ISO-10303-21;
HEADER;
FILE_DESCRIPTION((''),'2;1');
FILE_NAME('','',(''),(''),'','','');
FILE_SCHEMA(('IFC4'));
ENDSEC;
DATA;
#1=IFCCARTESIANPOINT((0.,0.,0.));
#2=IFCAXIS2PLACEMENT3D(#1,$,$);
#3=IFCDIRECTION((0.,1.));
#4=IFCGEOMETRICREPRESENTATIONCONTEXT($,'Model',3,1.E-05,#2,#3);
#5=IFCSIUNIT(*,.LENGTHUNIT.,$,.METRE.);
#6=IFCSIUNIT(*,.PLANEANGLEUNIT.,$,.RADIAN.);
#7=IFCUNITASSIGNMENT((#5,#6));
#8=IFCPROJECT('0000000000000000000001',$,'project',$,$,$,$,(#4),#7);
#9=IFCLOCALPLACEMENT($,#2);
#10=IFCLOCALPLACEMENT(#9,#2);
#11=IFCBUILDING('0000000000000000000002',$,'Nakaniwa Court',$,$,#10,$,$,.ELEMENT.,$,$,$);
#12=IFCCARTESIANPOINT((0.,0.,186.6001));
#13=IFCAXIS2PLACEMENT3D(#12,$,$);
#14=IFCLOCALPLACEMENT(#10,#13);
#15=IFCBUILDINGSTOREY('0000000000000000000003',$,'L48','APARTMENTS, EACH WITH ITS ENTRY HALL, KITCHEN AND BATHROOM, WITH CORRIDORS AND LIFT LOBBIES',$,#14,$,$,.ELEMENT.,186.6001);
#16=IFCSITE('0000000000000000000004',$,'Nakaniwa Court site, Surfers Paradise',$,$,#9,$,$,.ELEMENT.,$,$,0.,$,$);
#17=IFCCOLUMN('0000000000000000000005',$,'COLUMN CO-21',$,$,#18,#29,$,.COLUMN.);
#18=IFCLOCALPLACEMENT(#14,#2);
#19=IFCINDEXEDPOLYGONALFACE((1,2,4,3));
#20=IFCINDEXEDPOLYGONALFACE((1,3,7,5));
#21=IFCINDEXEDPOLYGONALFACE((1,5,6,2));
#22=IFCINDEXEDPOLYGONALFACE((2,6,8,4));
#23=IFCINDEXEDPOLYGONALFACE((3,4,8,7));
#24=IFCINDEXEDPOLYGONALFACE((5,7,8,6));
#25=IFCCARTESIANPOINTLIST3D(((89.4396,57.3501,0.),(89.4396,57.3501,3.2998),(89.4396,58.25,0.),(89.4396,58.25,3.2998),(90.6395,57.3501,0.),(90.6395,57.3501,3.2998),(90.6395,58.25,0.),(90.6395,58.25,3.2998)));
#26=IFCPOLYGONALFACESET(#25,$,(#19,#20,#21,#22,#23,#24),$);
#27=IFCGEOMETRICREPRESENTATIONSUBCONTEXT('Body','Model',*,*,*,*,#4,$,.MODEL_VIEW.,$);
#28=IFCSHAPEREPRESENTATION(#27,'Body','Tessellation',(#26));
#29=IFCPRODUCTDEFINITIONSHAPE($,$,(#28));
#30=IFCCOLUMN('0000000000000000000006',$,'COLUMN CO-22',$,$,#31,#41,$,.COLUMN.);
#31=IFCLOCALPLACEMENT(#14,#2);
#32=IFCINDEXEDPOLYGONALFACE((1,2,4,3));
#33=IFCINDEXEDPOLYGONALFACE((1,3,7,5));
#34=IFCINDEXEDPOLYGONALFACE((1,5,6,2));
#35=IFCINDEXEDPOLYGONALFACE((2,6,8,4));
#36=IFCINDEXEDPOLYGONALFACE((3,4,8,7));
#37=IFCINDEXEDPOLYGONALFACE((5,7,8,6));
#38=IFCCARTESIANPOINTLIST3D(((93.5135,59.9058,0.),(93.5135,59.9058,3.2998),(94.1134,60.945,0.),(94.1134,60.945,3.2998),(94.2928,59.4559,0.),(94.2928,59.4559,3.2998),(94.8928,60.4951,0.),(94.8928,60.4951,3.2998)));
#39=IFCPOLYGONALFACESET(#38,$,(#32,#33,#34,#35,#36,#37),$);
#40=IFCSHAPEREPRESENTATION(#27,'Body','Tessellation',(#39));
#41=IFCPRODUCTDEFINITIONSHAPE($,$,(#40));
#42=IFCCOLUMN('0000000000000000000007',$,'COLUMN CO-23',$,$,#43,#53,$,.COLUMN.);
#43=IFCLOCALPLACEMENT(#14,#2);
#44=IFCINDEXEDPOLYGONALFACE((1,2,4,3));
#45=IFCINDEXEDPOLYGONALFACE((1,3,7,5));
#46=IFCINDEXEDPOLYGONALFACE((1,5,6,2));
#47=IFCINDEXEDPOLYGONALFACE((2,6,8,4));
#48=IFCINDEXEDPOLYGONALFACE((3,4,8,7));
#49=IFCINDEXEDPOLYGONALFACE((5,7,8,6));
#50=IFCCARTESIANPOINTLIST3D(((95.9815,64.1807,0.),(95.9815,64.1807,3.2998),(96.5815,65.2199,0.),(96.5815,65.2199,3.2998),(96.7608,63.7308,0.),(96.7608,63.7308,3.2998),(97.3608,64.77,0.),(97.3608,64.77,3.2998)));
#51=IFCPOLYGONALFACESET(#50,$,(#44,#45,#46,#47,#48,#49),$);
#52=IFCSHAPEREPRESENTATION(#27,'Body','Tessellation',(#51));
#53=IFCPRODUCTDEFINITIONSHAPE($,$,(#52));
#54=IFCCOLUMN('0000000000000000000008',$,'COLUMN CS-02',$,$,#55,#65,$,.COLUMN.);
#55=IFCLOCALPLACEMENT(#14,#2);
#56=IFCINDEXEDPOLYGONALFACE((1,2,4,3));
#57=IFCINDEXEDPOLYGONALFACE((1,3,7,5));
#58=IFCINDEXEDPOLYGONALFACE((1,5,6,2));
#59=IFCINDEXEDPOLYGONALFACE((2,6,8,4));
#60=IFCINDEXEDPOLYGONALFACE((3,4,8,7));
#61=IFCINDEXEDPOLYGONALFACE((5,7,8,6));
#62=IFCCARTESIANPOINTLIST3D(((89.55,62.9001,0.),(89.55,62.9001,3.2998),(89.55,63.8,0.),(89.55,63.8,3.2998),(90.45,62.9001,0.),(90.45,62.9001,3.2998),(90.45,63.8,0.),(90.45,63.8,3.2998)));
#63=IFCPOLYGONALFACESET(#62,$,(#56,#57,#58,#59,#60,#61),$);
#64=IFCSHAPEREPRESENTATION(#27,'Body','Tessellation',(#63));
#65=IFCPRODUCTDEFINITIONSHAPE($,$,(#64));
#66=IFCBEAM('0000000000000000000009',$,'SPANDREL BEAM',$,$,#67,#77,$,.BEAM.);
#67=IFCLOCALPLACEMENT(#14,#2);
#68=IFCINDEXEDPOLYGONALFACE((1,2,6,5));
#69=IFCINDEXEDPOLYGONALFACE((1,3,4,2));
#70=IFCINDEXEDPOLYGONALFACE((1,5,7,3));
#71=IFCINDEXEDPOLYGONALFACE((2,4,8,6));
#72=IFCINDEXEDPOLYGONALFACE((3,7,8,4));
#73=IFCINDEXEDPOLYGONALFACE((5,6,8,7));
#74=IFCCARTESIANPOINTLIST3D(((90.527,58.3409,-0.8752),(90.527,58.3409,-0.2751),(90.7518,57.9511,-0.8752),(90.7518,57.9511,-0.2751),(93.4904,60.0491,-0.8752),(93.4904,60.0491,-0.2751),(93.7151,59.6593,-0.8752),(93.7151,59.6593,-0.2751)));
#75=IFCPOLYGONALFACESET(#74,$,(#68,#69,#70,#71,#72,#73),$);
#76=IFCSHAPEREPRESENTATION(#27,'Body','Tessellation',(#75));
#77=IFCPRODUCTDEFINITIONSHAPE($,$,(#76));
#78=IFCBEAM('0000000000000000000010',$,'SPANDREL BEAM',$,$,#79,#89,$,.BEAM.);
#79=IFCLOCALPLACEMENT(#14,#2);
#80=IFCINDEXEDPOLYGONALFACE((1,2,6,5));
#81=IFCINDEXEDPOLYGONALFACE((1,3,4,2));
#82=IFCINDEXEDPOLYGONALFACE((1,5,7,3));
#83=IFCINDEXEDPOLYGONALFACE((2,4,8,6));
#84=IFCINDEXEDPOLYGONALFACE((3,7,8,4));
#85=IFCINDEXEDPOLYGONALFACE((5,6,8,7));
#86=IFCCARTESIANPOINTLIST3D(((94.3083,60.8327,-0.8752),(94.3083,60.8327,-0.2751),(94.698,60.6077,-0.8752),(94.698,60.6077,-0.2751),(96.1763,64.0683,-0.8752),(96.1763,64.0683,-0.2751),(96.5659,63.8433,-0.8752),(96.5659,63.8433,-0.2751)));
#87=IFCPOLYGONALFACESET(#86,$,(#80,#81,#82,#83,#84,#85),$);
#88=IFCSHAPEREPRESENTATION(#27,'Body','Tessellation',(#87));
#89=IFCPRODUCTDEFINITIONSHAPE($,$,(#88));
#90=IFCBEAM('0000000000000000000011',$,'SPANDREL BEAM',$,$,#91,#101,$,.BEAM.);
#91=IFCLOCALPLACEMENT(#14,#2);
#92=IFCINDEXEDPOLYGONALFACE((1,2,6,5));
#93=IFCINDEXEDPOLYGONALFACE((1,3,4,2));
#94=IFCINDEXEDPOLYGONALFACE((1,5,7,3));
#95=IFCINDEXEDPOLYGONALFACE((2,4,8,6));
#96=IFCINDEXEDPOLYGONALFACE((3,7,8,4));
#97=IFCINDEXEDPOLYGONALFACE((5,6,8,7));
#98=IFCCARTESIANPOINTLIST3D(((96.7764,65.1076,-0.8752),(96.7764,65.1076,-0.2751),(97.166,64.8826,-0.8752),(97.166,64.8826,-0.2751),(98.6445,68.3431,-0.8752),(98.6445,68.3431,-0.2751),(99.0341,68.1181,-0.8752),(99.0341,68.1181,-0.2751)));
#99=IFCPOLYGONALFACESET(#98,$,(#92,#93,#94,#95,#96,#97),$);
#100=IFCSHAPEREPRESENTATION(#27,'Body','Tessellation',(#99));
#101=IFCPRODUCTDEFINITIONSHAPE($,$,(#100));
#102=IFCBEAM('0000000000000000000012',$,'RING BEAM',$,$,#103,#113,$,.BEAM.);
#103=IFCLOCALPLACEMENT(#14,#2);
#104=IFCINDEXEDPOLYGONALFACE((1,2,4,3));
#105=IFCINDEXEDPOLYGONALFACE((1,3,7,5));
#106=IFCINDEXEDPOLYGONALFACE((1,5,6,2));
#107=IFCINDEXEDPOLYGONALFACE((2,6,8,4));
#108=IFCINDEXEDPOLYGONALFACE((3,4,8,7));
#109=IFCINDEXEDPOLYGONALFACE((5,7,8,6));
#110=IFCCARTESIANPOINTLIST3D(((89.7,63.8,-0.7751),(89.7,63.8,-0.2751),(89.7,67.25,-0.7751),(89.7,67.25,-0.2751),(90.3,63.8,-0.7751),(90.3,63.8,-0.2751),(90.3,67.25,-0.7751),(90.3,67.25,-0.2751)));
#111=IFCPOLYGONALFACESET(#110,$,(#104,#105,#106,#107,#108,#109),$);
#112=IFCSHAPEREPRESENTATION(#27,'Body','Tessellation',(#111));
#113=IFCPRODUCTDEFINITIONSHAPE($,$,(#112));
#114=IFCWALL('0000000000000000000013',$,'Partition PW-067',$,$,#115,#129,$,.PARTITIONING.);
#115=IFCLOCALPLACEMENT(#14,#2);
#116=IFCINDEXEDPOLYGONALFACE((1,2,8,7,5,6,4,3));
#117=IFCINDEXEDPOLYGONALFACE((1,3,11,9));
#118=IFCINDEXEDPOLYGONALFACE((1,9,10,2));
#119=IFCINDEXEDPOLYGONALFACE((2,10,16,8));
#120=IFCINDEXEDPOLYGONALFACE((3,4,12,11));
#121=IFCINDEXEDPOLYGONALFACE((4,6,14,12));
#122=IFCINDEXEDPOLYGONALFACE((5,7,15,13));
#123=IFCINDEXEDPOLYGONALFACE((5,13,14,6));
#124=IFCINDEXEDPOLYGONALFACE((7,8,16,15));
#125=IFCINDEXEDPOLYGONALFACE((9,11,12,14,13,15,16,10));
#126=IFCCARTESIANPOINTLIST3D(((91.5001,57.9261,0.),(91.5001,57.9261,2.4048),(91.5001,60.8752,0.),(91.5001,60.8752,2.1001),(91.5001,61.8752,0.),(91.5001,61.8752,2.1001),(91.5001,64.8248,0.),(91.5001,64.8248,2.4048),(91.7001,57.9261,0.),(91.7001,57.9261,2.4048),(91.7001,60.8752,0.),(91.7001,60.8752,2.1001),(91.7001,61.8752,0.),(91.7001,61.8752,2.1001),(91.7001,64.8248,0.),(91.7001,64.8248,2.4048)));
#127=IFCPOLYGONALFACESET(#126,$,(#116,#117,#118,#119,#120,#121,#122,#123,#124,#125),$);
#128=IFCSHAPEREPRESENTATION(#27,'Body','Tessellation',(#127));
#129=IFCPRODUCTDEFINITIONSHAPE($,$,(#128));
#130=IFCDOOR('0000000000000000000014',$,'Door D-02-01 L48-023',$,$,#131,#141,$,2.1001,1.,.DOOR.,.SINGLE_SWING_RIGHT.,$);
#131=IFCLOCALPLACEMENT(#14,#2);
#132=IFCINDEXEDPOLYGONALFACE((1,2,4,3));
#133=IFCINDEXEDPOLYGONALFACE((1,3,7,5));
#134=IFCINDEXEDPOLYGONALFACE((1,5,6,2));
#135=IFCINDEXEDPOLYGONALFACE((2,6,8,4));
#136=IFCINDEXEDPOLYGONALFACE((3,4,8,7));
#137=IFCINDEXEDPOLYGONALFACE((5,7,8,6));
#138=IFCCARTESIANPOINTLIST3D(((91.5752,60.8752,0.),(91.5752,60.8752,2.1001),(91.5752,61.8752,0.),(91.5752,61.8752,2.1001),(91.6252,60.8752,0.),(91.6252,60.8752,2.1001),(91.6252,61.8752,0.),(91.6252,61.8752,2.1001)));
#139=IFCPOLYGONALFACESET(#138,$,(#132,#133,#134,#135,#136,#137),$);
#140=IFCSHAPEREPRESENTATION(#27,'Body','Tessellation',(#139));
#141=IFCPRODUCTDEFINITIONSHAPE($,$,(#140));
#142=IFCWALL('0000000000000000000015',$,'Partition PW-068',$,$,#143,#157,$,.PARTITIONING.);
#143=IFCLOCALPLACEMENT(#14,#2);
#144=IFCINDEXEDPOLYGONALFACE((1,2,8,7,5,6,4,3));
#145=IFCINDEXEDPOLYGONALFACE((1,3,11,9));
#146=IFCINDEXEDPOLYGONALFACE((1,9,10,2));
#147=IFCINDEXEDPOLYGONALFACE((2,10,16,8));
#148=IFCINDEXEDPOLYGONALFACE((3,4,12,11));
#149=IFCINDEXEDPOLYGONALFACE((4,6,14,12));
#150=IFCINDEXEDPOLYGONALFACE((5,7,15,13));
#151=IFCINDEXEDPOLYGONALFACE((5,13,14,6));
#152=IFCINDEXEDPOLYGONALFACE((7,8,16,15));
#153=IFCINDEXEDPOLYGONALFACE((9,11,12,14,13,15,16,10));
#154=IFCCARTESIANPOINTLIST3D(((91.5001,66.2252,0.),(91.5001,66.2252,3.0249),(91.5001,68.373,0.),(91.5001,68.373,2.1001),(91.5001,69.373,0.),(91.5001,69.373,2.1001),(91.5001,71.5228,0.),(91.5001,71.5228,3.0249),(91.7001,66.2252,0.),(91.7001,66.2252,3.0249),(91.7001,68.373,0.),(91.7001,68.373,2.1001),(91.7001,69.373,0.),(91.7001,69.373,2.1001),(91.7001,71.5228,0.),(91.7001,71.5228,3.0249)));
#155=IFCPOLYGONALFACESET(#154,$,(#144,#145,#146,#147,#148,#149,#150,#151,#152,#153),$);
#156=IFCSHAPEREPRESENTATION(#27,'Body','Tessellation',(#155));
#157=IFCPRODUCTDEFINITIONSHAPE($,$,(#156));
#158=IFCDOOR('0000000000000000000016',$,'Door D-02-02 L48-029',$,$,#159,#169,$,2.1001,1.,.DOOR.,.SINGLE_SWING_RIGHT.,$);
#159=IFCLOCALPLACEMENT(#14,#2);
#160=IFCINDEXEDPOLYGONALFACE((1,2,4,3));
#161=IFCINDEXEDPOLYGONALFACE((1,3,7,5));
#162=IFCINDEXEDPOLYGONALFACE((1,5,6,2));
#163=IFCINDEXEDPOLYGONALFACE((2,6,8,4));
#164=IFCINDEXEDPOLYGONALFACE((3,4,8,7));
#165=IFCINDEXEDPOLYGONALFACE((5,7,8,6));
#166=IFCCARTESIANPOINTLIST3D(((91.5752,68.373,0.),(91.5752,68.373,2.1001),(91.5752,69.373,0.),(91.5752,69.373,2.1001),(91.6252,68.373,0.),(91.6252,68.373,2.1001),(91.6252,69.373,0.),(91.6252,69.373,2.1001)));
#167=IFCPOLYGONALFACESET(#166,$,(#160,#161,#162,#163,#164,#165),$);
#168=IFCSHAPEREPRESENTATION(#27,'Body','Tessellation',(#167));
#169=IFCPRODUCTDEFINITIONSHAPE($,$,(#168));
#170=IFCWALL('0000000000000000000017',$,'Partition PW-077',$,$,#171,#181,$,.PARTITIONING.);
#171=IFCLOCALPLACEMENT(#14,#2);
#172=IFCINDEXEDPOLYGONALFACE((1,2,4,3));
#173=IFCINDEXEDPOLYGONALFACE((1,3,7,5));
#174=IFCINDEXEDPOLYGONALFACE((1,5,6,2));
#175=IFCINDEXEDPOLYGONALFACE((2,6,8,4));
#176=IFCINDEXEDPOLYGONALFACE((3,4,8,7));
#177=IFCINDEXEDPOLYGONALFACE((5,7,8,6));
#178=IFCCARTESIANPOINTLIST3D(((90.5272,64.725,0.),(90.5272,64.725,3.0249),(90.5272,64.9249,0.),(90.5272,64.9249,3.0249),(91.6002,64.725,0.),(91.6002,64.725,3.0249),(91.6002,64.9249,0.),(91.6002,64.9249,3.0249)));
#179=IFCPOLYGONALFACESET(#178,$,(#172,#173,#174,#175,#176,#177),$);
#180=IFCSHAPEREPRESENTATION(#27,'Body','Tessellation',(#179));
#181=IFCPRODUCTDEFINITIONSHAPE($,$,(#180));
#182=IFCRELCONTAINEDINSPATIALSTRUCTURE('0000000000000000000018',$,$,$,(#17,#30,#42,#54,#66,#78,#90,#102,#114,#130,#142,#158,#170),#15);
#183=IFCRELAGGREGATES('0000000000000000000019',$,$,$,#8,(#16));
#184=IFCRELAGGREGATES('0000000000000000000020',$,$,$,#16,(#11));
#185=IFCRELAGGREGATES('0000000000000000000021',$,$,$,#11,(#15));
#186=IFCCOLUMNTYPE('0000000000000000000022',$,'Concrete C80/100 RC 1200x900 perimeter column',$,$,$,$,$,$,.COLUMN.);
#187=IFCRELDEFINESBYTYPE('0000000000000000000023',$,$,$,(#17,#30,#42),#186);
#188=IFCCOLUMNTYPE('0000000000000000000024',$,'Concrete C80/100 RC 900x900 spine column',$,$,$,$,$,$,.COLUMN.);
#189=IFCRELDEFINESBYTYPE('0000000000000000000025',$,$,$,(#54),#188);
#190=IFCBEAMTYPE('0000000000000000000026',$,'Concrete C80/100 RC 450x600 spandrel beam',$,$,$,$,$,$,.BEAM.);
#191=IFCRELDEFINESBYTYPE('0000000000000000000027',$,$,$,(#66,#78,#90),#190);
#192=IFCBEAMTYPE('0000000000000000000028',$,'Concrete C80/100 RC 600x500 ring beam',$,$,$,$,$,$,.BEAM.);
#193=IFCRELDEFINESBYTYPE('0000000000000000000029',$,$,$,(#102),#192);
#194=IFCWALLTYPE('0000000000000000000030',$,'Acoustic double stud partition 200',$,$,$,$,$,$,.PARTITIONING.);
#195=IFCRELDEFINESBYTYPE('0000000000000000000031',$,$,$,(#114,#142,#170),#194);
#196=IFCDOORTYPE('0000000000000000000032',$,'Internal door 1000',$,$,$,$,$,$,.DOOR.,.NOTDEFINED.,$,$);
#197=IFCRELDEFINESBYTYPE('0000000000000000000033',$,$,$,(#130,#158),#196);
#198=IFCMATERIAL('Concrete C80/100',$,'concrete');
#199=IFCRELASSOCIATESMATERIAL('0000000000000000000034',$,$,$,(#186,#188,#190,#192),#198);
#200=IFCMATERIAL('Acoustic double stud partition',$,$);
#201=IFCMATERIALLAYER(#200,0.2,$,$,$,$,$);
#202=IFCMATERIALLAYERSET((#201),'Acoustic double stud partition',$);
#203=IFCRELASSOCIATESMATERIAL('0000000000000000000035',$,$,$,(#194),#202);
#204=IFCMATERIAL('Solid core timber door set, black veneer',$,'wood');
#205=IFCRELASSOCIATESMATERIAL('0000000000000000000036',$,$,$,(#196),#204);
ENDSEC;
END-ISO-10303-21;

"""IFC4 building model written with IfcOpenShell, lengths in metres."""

from ifc_helpers import new_model, si_unit, direction, frame, frame_2d, origin, origin_2d, place, context, subcontext, project, spatial, rectangle, extrude, material, layer, layer_set, material_profile, profile_set, type_object, element, fill, save


model = new_model("IFC4")

# Units and contexts
model_context = context("Model", 3, precision=1e-05, world=origin(), true_north=direction((0.0, 1.0)))
body_context = subcontext(model_context, "Body", "Model", "MODEL_VIEW")
ifc_project = project(units=[si_unit("LENGTHUNIT", "METRE"), si_unit("PLANEANGLEUNIT", "RADIAN")], contexts=[model_context])

# Site, building, storey
site_placement = place(None, origin())
site = spatial("IfcSite", under=ifc_project, at=site_placement, Name="Nakaniwa Court site, Surfers Paradise", CompositionType="ELEMENT", RefElevation=0.0)
building_placement = place(site_placement, origin())
building = spatial("IfcBuilding", under=site, at=building_placement, Name="Nakaniwa Court", CompositionType="ELEMENT")
storey_placement = place(building_placement, frame((0.0, 0.0, 186.6001)))
storey = spatial("IfcBuildingStorey", under=building, at=storey_placement, Name="L48", Description="APARTMENTS, EACH WITH ITS ENTRY HALL, KITCHEN AND BATHROOM, WITH CORRIDORS AND LIFT LOBBIES", CompositionType="ELEMENT", Elevation=186.6001)

# Columns
ifc_material_1 = material(Name="Concrete C80/100", Category="concrete")
ifc_material_profile_1 = material_profile(ifc_material_1, rectangle(XDim=1.2, YDim=0.8999, at=origin_2d()), Name="Concrete C80/100 RC 1200x900 perimeter column")
ifc_profile_set_1 = profile_set([ifc_material_profile_1], Name="Concrete C80/100")
column_type_1 = type_object("IfcColumnType", Name="Concrete C80/100 RC 1200x900 perimeter column", PredefinedType="COLUMN", material=ifc_profile_set_1)
for number, where, z_axis, x_axis, name in (
    (1, (90.0396, 57.8, 0.0), (0.0, 0.0, 1.0), (1.0, 0.0, 0.0), "COLUMN CO-21"),
    (2, (94.2031, 60.2004, 0.0), (0.0, 0.0, 1.0), (0.5, 0.866025, 0.0), "COLUMN CO-22"),
    (3, (96.6711, 64.4753, 0.0), (0.0, 0.0, 1.0), (0.5, 0.866025, 0.0), "COLUMN CO-23"),
):
    element("IfcColumn", number, at=place(storey_placement, frame(where, z_axis=z_axis, x_axis=x_axis)), inside=storey, type_object=column_type_1, Name=name, PredefinedType="COLUMN", context=body_context, shape_type="SweptSolid", body=[
        extrude(rectangle(XDim=1.2, YDim=0.8999, at=origin_2d()), origin(), (0.0, 0.0, 1.0), 3.2998),
    ])
ifc_material_profile_2 = material_profile(ifc_material_1, rectangle(XDim=0.8999, YDim=0.8999, at=origin_2d()), Name="Concrete C80/100 RC 900x900 spine column")
ifc_profile_set_2 = profile_set([ifc_material_profile_2], Name="Concrete C80/100")
column_type_2 = type_object("IfcColumnType", Name="Concrete C80/100 RC 900x900 spine column", PredefinedType="COLUMN", material=ifc_profile_set_2)
column_placement = place(storey_placement, frame((90.0, 63.3501, 0.0), z_axis=(0.0, 0.0, 1.0), x_axis=(0.0, 1.0, 0.0)))
element("IfcColumn", 4, at=column_placement, inside=storey, type_object=column_type_2, Name="COLUMN CS-02", PredefinedType="COLUMN", context=body_context, shape_type="SweptSolid", body=[
    extrude(rectangle(XDim=0.8999, YDim=0.8999, at=origin_2d()), origin(), (0.0, 0.0, 1.0), 3.2998),
])

# Beams
ifc_material_profile_3 = material_profile(ifc_material_1, rectangle(XDim=0.45, YDim=0.6001, at=origin_2d()), Name="Concrete C80/100 RC 450x600 spandrel beam")
ifc_profile_set_3 = profile_set([ifc_material_profile_3], Name="Concrete C80/100")
beam_type_1 = type_object("IfcBeamType", Name="Concrete C80/100 RC 450x600 spandrel beam", PredefinedType="BEAM", material=ifc_profile_set_3)
beam_1_placement = place(storey_placement, frame((90.6394, 58.146, -0.5752), z_axis=(0.866361, 0.499418, 0.0), x_axis=(-0.499418, 0.866361, 0.0)))
element("IfcBeam", 5, at=beam_1_placement, inside=storey, type_object=beam_type_1, Name="SPANDREL BEAM", PredefinedType="BEAM", context=body_context, shape_type="SweptSolid", body=[
    extrude(rectangle(XDim=0.45, YDim=0.6001, at=origin_2d()), origin(), (0.0, 0.0, 1.0), 3.4204),
])
for number, where, z_axis, x_axis, name in (
    (6, (94.5032, 60.7202, -0.5752), (0.499969, 0.866043, 0.0), (-0.866043, 0.499969, 0.0), "SPANDREL BEAM"),
    (7, (96.9712, 64.9951, -0.5752), (0.500018, 0.866015, 0.0), (-0.866015, 0.500018, 0.0), "SPANDREL BEAM"),
):
    element("IfcBeam", number, at=place(storey_placement, frame(where, z_axis=z_axis, x_axis=x_axis)), inside=storey, type_object=beam_type_1, Name=name, PredefinedType="BEAM", context=body_context, shape_type="SweptSolid", body=[
        extrude(rectangle(XDim=0.45, YDim=0.6001, at=origin_2d()), origin(), (0.0, 0.0, 1.0), 3.7361),
    ])
ifc_material_profile_4 = material_profile(ifc_material_1, rectangle(XDim=0.6001, YDim=0.5, at=origin_2d()), Name="Concrete C80/100 RC 600x500 ring beam")
ifc_profile_set_4 = profile_set([ifc_material_profile_4], Name="Concrete C80/100")
beam_type_2 = type_object("IfcBeamType", Name="Concrete C80/100 RC 600x500 ring beam", PredefinedType="BEAM", material=ifc_profile_set_4)
beam_2_placement = place(storey_placement, frame((90.0, 63.8, -0.5251), z_axis=(0.0, 1.0, 0.0), x_axis=(-1.0, 0.0, 0.0)))
element("IfcBeam", 8, at=beam_2_placement, inside=storey, type_object=beam_type_2, Name="RING BEAM", PredefinedType="BEAM", context=body_context, shape_type="SweptSolid", body=[
    extrude(rectangle(XDim=0.6001, YDim=0.5, at=origin_2d()), origin(), (0.0, 0.0, 1.0), 3.45),
])

# Walls, openings, doors
ifc_material_2 = material(Name="Acoustic double stud partition")
ifc_layer_1 = layer(ifc_material_2, 0.2)
ifc_layer_set_1 = layer_set([ifc_layer_1], Name="Acoustic double stud partition")
wall_type_1 = type_object("IfcWallType", Name="Acoustic double stud partition 200", PredefinedType="PARTITIONING", material=ifc_layer_set_1)
wall_1_placement = place(storey_placement, frame((91.6001, 57.9263, 0.0), z_axis=(0.0, 0.0, 1.0), x_axis=(0.0, 1.0, 0.0)))
wall_1 = element("IfcWall", 9, at=wall_1_placement, inside=storey, type_object=wall_type_1, Name="Partition PW-067", PredefinedType="PARTITIONING", context=body_context, shape_type="SweptSolid", body=[
    extrude(rectangle(XDim=6.8987, YDim=0.2, at=frame_2d((3.4492, 0.0))), origin(), (0.0, 0.0, 1.0), 2.4048),
])
opening_1_placement = place(wall_1_placement, frame((2.949, 0.0, 0.0)))
opening_1 = element("IfcOpeningElement", 10, at=opening_1_placement, cuts=wall_1, PredefinedType="OPENING", context=body_context, shape_type="SweptSolid", body=[
    extrude(rectangle(XDim=1.0, YDim=2.1001, at=frame_2d((0.5, 1.05))), frame((0.0, 0.1099, 0.0), z_axis=(0.0, -1.0, 0.0), x_axis=(1.0, 0.0, 0.0)), (0.0, 0.0, 1.0), 0.22),
])
ifc_material_3 = material(Name="Solid core timber door set, black veneer", Category="wood")
door_type_1 = type_object("IfcDoorType", Name="Internal door 1000", OperationType="NOTDEFINED", PredefinedType="DOOR", material=ifc_material_3)
door_1_placement = place(opening_1_placement, origin())
door_1 = element("IfcDoor", 11, at=door_1_placement, inside=storey, type_object=door_type_1, Name="Door D-02-01 L48-023", OperationType="SINGLE_SWING_RIGHT", OverallHeight=2.1001, OverallWidth=1.0, PredefinedType="DOOR", context=body_context, shape_type="SweptSolid", body=[
    extrude(rectangle(XDim=1.0, YDim=2.1001, at=frame_2d((0.5, 1.05))), frame((0.0, 0.0249, 0.0), z_axis=(0.0, -1.0, 0.0), x_axis=(1.0, 0.0, 0.0)), (0.0, 0.0, 1.0), 0.05),
])
fill(opening_1, door_1)
wall_2_placement = place(storey_placement, frame((91.6001, 66.2251, 0.0), z_axis=(0.0, 0.0, 1.0), x_axis=(0.0, 1.0, 0.0)))
wall_2 = element("IfcWall", 12, at=wall_2_placement, inside=storey, type_object=wall_type_1, Name="Partition PW-068", PredefinedType="PARTITIONING", context=body_context, shape_type="SweptSolid", body=[
    extrude(rectangle(XDim=5.2976, YDim=0.2, at=frame_2d((2.6489, 0.0))), origin(), (0.0, 0.0, 1.0), 3.0249),
])
opening_2_placement = place(wall_2_placement, frame((2.1479, 0.0, 0.0)))
opening_2 = element("IfcOpeningElement", 13, at=opening_2_placement, cuts=wall_2, PredefinedType="OPENING", context=body_context, shape_type="SweptSolid", body=[
    extrude(rectangle(XDim=1.0, YDim=2.1001, at=frame_2d((0.5, 1.05))), frame((0.0, 0.1099, 0.0), z_axis=(0.0, -1.0, 0.0), x_axis=(1.0, 0.0, 0.0)), (0.0, 0.0, 1.0), 0.22),
])
door_2_placement = place(opening_2_placement, origin())
door_2 = element("IfcDoor", 14, at=door_2_placement, inside=storey, type_object=door_type_1, Name="Door D-02-02 L48-029", OperationType="SINGLE_SWING_RIGHT", OverallHeight=2.1001, OverallWidth=1.0, PredefinedType="DOOR", context=body_context, shape_type="SweptSolid", body=[
    extrude(rectangle(XDim=1.0, YDim=2.1001, at=frame_2d((0.5, 1.05))), frame((0.0, 0.0249, 0.0), z_axis=(0.0, -1.0, 0.0), x_axis=(1.0, 0.0, 0.0)), (0.0, 0.0, 1.0), 0.05),
])
fill(opening_2, door_2)

# Wall
wall_3_placement = place(storey_placement, frame((90.5271, 64.825, 0.0), z_axis=(0.0, 0.0, 1.0), x_axis=(1.0, 0.0, 0.0)))
element("IfcWall", 15, at=wall_3_placement, inside=storey, type_object=wall_type_1, Name="Partition PW-077", PredefinedType="PARTITIONING", context=body_context, shape_type="SweptSolid", body=[
    extrude(rectangle(XDim=1.073, YDim=0.2, at=frame_2d((0.5366, 0.0))), origin(), (0.0, 0.0, 1.0), 3.0249),
])

save(model, "model.ifc")
